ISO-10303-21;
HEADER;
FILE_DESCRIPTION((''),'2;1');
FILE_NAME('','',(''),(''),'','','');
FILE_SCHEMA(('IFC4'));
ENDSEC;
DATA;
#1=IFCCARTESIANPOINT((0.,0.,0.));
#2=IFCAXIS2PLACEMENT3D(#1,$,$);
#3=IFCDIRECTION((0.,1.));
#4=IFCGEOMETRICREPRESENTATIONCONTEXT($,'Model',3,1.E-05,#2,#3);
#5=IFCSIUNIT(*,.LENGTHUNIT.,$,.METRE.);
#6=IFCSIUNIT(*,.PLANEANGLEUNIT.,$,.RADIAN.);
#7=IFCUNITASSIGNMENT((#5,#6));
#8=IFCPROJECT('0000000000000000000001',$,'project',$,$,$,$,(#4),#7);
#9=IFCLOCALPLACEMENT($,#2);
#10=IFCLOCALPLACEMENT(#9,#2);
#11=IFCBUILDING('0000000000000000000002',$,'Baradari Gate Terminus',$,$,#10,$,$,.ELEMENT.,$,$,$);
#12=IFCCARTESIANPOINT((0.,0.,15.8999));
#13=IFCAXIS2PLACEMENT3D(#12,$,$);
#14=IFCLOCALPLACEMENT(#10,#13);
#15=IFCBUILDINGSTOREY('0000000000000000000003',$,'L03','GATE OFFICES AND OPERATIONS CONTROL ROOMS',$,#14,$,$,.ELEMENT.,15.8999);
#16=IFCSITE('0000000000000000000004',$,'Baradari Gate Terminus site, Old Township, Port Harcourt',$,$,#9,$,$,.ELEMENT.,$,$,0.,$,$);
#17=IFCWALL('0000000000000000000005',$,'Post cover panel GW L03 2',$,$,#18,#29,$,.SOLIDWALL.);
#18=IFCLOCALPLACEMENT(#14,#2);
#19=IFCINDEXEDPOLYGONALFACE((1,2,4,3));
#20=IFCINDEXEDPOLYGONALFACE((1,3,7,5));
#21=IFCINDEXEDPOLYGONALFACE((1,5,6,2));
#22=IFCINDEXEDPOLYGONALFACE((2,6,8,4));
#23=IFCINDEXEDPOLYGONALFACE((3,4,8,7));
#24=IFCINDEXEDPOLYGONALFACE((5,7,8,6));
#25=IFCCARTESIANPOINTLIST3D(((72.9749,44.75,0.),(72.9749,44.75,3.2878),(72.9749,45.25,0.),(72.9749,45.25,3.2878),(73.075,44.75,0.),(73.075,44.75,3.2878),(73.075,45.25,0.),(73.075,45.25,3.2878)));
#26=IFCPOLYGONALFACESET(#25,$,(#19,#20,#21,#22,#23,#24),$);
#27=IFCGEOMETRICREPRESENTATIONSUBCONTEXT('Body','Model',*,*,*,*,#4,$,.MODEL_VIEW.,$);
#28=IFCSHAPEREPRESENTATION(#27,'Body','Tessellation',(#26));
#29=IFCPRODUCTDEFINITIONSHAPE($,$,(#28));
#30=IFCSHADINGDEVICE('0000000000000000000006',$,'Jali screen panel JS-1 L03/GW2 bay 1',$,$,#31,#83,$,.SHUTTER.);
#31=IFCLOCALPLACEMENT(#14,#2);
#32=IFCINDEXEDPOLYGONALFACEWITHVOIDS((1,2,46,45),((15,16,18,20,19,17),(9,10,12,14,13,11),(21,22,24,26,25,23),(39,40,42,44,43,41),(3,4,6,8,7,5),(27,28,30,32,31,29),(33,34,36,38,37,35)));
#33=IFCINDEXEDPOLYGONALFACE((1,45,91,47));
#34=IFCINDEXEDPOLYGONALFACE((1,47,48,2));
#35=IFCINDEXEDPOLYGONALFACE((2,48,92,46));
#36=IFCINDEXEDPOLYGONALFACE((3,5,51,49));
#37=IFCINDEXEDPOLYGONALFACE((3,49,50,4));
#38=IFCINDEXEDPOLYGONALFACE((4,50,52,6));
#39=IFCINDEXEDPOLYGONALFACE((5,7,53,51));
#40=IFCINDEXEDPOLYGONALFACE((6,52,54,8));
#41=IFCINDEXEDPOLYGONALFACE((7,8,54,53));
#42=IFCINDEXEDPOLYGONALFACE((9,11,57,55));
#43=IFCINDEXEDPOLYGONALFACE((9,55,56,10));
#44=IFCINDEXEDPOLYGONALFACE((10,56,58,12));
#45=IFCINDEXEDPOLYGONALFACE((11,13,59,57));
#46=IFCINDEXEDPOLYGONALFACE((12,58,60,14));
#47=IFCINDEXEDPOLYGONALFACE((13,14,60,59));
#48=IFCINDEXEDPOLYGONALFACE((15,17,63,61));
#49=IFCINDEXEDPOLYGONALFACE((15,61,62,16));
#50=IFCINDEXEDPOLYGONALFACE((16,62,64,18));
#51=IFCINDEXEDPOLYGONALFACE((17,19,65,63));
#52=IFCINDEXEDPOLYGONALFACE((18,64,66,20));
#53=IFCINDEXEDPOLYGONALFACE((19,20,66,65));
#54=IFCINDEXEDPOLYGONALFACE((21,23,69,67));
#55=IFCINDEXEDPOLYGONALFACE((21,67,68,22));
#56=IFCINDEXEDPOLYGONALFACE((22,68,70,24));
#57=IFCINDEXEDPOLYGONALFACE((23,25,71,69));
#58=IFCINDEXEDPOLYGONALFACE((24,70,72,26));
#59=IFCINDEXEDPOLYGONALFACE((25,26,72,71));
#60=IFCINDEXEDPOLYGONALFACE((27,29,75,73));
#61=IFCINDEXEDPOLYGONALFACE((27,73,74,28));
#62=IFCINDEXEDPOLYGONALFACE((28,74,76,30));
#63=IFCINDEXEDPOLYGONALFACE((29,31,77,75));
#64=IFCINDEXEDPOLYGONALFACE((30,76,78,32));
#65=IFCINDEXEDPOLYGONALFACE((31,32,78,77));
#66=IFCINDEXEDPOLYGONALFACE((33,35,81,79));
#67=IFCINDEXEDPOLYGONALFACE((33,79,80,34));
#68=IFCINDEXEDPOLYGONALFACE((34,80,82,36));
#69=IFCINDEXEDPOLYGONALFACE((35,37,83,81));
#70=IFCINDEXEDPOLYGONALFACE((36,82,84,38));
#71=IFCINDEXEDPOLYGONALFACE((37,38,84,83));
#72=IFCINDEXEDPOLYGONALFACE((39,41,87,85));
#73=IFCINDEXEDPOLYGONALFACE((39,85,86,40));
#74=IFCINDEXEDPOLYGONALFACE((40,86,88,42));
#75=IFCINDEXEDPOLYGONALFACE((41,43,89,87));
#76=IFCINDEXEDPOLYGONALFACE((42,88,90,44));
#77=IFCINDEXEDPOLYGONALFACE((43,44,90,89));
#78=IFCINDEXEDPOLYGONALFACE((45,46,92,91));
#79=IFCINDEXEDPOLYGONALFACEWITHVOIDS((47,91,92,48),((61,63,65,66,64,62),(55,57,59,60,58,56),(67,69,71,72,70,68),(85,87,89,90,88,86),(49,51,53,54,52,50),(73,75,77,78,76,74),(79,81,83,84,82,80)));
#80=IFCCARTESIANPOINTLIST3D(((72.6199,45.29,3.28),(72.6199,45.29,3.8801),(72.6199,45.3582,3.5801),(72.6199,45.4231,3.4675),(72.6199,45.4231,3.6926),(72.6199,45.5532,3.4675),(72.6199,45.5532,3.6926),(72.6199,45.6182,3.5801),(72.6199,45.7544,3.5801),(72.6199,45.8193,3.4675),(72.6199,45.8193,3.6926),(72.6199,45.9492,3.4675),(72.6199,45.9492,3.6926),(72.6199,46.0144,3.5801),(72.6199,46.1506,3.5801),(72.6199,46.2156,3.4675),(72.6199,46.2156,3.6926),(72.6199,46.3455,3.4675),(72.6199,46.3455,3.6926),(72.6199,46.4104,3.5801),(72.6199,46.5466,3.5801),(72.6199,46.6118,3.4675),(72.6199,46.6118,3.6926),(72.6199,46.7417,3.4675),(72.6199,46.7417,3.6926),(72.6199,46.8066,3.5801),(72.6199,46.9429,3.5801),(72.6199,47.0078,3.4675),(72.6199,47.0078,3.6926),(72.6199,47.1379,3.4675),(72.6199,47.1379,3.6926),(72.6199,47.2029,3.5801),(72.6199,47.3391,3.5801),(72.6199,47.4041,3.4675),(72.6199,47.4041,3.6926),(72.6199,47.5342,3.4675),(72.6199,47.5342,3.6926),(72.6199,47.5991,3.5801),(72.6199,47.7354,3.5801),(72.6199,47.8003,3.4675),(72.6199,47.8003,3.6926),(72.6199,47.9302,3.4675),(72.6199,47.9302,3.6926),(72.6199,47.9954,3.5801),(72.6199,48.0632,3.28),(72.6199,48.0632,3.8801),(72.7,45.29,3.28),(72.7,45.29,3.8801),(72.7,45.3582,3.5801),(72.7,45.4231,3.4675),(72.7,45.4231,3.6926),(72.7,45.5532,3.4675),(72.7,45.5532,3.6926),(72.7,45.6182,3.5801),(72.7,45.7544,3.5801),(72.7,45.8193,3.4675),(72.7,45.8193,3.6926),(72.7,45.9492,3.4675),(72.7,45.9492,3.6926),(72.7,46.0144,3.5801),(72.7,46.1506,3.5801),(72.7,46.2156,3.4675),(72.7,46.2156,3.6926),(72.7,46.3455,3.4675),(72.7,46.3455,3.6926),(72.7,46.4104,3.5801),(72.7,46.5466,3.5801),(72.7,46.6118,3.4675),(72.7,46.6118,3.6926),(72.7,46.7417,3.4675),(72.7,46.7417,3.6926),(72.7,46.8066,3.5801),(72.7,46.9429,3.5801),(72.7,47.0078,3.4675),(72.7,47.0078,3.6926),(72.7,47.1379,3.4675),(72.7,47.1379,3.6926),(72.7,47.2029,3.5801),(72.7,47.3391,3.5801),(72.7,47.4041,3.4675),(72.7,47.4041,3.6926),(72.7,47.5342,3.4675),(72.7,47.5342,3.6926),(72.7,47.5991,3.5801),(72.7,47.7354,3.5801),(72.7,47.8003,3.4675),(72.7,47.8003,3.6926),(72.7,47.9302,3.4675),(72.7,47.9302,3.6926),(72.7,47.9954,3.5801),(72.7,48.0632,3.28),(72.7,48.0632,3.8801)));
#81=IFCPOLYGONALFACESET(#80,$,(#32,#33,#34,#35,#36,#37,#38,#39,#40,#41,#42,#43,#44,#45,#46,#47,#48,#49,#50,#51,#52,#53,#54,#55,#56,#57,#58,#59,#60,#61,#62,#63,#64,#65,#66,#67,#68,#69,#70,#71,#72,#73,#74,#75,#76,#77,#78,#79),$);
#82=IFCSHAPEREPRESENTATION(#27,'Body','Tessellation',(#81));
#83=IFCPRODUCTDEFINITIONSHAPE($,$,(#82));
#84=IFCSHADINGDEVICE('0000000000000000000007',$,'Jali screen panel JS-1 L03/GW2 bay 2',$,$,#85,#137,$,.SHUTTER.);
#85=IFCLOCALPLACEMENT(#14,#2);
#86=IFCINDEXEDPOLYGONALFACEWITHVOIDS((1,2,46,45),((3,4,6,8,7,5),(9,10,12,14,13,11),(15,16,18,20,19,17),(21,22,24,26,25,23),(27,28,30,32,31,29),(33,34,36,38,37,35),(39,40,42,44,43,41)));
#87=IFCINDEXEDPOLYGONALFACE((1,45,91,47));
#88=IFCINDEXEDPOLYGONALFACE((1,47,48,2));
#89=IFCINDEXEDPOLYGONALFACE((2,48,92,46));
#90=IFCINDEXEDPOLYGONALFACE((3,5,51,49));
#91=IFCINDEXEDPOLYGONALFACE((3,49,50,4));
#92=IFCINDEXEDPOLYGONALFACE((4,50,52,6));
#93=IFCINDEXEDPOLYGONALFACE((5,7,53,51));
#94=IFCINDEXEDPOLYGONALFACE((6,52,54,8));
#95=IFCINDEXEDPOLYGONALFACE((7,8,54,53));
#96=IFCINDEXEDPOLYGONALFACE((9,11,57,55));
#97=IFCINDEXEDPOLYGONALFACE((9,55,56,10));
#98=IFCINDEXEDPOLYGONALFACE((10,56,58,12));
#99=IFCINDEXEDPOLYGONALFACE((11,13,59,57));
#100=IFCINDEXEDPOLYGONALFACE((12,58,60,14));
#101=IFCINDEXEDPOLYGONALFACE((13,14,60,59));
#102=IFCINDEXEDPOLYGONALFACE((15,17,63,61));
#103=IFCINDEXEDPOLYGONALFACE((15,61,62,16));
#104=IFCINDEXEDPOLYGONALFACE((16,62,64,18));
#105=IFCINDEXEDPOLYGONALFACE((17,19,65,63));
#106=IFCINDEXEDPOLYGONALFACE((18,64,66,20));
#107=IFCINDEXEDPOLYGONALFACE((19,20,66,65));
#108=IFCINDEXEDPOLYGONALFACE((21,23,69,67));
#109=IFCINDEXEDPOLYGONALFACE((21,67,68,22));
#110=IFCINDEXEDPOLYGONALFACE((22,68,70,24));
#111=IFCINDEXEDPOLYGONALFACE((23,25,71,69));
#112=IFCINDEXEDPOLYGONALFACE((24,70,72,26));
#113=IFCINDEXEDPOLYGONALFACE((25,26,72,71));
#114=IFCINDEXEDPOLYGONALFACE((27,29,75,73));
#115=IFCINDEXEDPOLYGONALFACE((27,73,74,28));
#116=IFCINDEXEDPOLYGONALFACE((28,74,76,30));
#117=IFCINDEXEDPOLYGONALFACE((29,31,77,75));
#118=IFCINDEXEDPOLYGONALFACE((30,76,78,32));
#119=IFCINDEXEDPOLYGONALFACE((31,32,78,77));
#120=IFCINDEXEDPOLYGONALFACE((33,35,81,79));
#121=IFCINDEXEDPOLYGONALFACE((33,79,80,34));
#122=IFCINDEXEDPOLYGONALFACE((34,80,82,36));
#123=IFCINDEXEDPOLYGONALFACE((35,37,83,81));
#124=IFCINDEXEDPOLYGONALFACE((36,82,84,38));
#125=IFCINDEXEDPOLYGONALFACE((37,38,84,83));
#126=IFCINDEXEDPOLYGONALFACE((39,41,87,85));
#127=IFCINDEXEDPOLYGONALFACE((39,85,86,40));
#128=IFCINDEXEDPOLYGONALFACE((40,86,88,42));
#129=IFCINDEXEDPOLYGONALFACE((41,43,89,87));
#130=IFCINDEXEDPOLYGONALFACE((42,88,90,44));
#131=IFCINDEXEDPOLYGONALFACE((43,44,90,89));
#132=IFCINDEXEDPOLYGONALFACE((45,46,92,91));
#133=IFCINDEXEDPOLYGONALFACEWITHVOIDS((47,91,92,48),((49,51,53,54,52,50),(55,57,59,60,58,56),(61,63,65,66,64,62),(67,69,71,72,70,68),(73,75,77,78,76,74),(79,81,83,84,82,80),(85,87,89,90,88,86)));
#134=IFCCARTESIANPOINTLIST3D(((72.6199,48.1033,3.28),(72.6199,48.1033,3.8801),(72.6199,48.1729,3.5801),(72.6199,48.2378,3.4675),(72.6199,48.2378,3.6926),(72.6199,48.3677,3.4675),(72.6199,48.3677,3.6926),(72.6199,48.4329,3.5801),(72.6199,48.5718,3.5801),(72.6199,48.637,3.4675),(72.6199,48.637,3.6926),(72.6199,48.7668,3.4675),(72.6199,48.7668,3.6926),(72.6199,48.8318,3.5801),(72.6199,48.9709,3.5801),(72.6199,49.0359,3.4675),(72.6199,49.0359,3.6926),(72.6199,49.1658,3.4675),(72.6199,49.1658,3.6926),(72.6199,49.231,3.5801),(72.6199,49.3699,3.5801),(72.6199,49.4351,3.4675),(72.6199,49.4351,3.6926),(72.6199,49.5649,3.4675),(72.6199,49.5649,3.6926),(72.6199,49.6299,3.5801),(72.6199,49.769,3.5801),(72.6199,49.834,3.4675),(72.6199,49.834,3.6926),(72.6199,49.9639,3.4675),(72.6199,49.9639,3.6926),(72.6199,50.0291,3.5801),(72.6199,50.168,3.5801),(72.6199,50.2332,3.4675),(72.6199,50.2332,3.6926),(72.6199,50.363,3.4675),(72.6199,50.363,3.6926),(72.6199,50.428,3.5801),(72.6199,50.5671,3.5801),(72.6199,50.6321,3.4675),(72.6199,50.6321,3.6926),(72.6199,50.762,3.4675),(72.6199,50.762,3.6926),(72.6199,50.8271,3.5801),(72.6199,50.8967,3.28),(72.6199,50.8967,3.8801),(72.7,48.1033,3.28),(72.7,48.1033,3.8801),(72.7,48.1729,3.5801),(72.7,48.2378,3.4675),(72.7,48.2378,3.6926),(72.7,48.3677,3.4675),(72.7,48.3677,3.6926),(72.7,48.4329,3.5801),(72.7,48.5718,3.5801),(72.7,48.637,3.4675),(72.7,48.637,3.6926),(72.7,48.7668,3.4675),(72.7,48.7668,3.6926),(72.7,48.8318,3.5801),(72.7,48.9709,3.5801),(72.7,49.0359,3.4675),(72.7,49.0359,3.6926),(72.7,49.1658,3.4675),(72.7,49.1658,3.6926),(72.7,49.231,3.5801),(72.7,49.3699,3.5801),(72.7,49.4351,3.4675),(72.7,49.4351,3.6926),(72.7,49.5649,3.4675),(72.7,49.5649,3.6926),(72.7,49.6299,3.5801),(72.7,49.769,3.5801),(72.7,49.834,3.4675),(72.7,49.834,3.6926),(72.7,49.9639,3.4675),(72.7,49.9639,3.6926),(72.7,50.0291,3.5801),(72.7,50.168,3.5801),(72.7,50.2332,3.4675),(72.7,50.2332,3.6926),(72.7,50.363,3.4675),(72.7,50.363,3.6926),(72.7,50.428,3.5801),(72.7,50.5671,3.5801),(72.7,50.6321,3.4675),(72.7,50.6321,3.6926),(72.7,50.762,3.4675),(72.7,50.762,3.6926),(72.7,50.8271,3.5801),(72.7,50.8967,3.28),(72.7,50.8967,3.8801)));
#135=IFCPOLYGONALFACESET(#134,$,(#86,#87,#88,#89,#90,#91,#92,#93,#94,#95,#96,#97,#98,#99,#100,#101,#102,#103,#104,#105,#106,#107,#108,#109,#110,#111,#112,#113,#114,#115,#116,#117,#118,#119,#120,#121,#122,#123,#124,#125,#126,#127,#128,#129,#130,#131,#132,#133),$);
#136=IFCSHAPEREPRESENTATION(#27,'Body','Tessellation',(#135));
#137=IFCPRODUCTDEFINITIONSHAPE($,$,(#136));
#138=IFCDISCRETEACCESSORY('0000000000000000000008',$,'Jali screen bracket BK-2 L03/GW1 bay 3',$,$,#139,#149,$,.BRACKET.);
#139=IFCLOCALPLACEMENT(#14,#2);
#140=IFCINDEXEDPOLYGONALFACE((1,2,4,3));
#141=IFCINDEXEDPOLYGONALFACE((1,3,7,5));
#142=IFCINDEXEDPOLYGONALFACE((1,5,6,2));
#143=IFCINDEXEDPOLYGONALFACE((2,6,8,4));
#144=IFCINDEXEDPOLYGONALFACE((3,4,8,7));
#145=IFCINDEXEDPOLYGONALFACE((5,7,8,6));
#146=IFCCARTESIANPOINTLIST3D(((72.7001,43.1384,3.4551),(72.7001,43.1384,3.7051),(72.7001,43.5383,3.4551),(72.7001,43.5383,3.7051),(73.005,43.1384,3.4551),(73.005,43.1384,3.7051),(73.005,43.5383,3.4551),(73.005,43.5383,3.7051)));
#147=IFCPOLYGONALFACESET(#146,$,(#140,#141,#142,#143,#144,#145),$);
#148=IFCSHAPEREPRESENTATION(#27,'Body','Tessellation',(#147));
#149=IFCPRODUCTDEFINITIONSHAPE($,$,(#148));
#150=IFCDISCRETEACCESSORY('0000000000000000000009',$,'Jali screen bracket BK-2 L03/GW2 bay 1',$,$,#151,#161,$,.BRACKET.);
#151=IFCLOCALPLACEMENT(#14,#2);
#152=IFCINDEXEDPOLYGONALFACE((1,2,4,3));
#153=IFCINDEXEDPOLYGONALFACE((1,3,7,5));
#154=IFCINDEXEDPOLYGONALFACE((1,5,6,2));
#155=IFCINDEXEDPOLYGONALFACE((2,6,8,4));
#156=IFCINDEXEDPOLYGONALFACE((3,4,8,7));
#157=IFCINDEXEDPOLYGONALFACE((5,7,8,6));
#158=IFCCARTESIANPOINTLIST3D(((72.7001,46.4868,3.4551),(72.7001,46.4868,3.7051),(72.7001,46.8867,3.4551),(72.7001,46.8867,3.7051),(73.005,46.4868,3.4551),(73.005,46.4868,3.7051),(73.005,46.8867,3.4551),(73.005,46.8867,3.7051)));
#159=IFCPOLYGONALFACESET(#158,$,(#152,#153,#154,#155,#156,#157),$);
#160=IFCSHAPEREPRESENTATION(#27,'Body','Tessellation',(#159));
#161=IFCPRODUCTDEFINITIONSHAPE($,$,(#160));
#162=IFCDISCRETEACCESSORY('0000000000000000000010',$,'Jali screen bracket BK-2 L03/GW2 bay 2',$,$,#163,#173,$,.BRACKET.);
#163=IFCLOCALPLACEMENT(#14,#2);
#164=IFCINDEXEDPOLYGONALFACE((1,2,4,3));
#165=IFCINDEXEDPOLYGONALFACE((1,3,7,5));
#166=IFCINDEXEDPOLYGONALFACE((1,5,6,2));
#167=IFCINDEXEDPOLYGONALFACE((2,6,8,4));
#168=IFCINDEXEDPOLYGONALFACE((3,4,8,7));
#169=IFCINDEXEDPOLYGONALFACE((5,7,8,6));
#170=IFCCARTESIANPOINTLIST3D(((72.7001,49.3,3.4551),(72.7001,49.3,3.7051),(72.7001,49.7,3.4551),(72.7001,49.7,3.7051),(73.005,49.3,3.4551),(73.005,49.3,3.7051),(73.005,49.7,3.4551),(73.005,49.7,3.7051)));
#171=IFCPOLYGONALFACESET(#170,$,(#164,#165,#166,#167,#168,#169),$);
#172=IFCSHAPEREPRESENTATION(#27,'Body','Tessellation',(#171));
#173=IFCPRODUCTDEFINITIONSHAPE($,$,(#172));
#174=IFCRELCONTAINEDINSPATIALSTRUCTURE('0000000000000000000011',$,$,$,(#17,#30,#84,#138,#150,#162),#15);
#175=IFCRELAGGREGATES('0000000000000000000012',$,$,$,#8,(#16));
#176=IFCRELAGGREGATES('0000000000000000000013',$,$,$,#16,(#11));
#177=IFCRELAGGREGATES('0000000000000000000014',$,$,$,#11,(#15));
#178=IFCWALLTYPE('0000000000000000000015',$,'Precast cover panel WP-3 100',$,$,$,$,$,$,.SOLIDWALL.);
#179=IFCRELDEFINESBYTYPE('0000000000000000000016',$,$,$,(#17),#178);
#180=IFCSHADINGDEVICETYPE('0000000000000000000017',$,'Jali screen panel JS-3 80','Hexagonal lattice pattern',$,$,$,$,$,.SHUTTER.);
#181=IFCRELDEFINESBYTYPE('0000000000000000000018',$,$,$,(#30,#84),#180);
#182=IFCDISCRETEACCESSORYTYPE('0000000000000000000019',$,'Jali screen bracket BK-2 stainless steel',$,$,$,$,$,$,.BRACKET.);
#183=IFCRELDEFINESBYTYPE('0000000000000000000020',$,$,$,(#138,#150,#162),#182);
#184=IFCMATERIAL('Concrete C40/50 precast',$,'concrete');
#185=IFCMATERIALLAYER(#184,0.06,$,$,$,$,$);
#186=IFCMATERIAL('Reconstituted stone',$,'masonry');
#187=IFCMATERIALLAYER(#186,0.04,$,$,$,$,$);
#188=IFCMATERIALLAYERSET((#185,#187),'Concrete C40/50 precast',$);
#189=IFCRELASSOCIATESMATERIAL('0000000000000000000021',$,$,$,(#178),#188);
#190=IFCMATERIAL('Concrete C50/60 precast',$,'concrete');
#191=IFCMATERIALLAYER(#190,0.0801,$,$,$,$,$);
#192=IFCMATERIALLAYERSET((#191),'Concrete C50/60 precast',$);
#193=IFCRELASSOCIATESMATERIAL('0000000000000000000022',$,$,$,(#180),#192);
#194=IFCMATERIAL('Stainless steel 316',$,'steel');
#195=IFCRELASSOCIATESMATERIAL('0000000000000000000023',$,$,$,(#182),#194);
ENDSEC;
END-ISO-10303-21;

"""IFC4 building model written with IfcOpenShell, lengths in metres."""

from ifc_helpers import new_model, si_unit, direction, frame, frame_2d, origin, origin_2d, place, context, subcontext, project, spatial, polyline, rectangle, outline, extrude, material, layer, layer_set, type_object, element, save


model = new_model("IFC4")

# Units and contexts
model_context = context("Model", 3, precision=1e-05, world=origin(), true_north=direction((0.0, 1.0)))
body_context = subcontext(model_context, "Body", "Model", "MODEL_VIEW")
ifc_project = project(units=[si_unit("LENGTHUNIT", "METRE"), si_unit("PLANEANGLEUNIT", "RADIAN")], contexts=[model_context])

# Site, building, storey
site_placement = place(None, origin())
site = spatial("IfcSite", under=ifc_project, at=site_placement, Name="Baradari Gate Terminus site, Old Township, Port Harcourt", CompositionType="ELEMENT", RefElevation=0.0)
building_placement = place(site_placement, origin())
building = spatial("IfcBuilding", under=site, at=building_placement, Name="Baradari Gate Terminus", CompositionType="ELEMENT")
storey_placement = place(building_placement, frame((0.0, 0.0, 15.8999)))
storey = spatial("IfcBuildingStorey", under=building, at=storey_placement, Name="L03", Description="GATE OFFICES AND OPERATIONS CONTROL ROOMS", CompositionType="ELEMENT", Elevation=15.8999)

# Wall
ifc_material_1 = material(Name="Concrete C40/50 precast", Category="concrete")
ifc_layer_1 = layer(ifc_material_1, 0.06)
ifc_material_2 = material(Name="Reconstituted stone", Category="masonry")
ifc_layer_2 = layer(ifc_material_2, 0.04)
ifc_layer_set_1 = layer_set([ifc_layer_1, ifc_layer_2], Name="Concrete C40/50 precast")
wall_type_1 = type_object("IfcWallType", Name="Precast cover panel WP-3 100", PredefinedType="SOLIDWALL", material=ifc_layer_set_1)
wall_1_placement = place(storey_placement, frame((73.0249, 44.75, 0.0), z_axis=(0.0, 0.0, 1.0), x_axis=(0.0, 1.0, 0.0)))
element("IfcWall", 1, at=wall_1_placement, inside=storey, type_object=wall_type_1, Name="Post cover panel GW L03 2", PredefinedType="SOLIDWALL", context=body_context, shape_type="SweptSolid", body=[
    extrude(rectangle(XDim=0.5, YDim=0.1001, at=frame_2d((0.25, 0.0))), origin(), (0.0, 0.0, 1.0), 3.2878),
])

# Shading devices
ifc_material_3 = material(Name="Concrete C50/60 precast", Category="concrete")
ifc_layer_3 = layer(ifc_material_3, 0.0801)
ifc_layer_set_2 = layer_set([ifc_layer_3], Name="Concrete C50/60 precast")
shading_device_type = type_object("IfcShadingDeviceType", Name="Jali screen panel JS-3 80", Description="Hexagonal lattice pattern", PredefinedType="SHUTTER", material=ifc_layer_set_2)
shading_device_1_placement = place(storey_placement, frame((72.6599, 45.29, 3.28), z_axis=(0.0, 0.0, 1.0), x_axis=(0.0, 1.0, 0.0)))
element("IfcShadingDevice", 2, at=shading_device_1_placement, inside=storey, type_object=shading_device_type, Name="Jali screen panel JS-1 L03/GW2 bay 1", PredefinedType="SHUTTER", context=body_context, shape_type="SweptSolid", body=[
    extrude(outline(polyline([(0.0, 0.0), (2.7732, 0.0), (2.7732, 0.6001), (0.0, 0.6001), (0.0, 0.0)]), holes=[polyline([(0.3281, 0.3), (0.2632, 0.1875), (0.1331, 0.1875), (0.0681, 0.3), (0.1331, 0.4126), (0.2632, 0.4126), (0.3281, 0.3)]), polyline([(0.7244, 0.3), (0.6592, 0.1875), (0.5293, 0.1875), (0.4644, 0.3), (0.5293, 0.4126), (0.6592, 0.4126), (0.7244, 0.3)]), polyline([(1.1204, 0.3), (1.0554, 0.1875), (0.9255, 0.1875), (0.8606, 0.3), (0.9255, 0.4126), (1.0554, 0.4126), (1.1204, 0.3)]), polyline([(1.5166, 0.3), (1.4517, 0.1875), (1.3218, 0.1875), (1.2566, 0.3), (1.3218, 0.4126), (1.4517, 0.4126), (1.5166, 0.3)]), polyline([(1.9128, 0.3), (1.8479, 0.1875), (1.7178, 0.1875), (1.6528, 0.3), (1.7178, 0.4126), (1.8479, 0.4126), (1.9128, 0.3)]), polyline([(2.3091, 0.3), (2.2441, 0.1875), (2.114, 0.1875), (2.0491, 0.3), (2.114, 0.4126), (2.2441, 0.4126), (2.3091, 0.3)]), polyline([(2.7053, 0.3), (2.6401, 0.1875), (2.5103, 0.1875), (2.4453, 0.3), (2.5103, 0.4126), (2.6401, 0.4126), (2.7053, 0.3)])]), frame((0.0, 0.04, 0.0), z_axis=(0.0, -1.0, 0.0), x_axis=(1.0, 0.0, 0.0)), (0.0, 0.0, 1.0), 0.0801),
])
shading_device_2_placement = place(storey_placement, frame((72.6599, 48.1033, 3.28), z_axis=(0.0, 0.0, 1.0), x_axis=(0.0, 1.0, 0.0)))
element("IfcShadingDevice", 3, at=shading_device_2_placement, inside=storey, type_object=shading_device_type, Name="Jali screen panel JS-1 L03/GW2 bay 2", PredefinedType="SHUTTER", context=body_context, shape_type="SweptSolid", body=[
    extrude(outline(polyline([(0.0, 0.0), (2.7935, 0.0), (2.7935, 0.6001), (0.0, 0.6001), (0.0, 0.0)]), holes=[polyline([(0.3296, 0.3), (0.2644, 0.1875), (0.1345, 0.1875), (0.0696, 0.3), (0.1345, 0.4126), (0.2644, 0.4126), (0.3296, 0.3)]), polyline([(0.7285, 0.3), (0.6636, 0.1875), (0.5337, 0.1875), (0.4685, 0.3), (0.5337, 0.4126), (0.6636, 0.4126), (0.7285, 0.3)]), polyline([(1.1277, 0.3), (1.0625, 0.1875), (0.9326, 0.1875), (0.8677, 0.3), (0.9326, 0.4126), (1.0625, 0.4126), (1.1277, 0.3)]), polyline([(1.5266, 0.3), (1.4617, 0.1875), (1.3318, 0.1875), (1.2666, 0.3), (1.3318, 0.4126), (1.4617, 0.4126), (1.5266, 0.3)]), polyline([(1.9258, 0.3), (1.8606, 0.1875), (1.7307, 0.1875), (1.6658, 0.3), (1.7307, 0.4126), (1.8606, 0.4126), (1.9258, 0.3)]), polyline([(2.3247, 0.3), (2.2598, 0.1875), (2.1299, 0.1875), (2.0647, 0.3), (2.1299, 0.4126), (2.2598, 0.4126), (2.3247, 0.3)]), polyline([(2.7239, 0.3), (2.6587, 0.1875), (2.5288, 0.1875), (2.4639, 0.3), (2.5288, 0.4126), (2.6587, 0.4126), (2.7239, 0.3)])]), frame((0.0, 0.04, 0.0), z_axis=(0.0, -1.0, 0.0), x_axis=(1.0, 0.0, 0.0)), (0.0, 0.0, 1.0), 0.0801),
])

# Discrete accessories
ifc_material_4 = material(Name="Stainless steel 316", Category="steel")
discrete_accessory_type = type_object("IfcDiscreteAccessoryType", Name="Jali screen bracket BK-2 stainless steel", PredefinedType="BRACKET", material=ifc_material_4)
for number, where, z_axis, x_axis, name in (
    (4, (72.8525, 43.3384, 3.4551), (0.0, 0.0, 1.0), (-1.0, 0.0, 0.0), "Jali screen bracket BK-2 L03/GW1 bay 3"),
    (5, (72.8525, 46.6868, 3.4551), (0.0, 0.0, 1.0), (-1.0, 0.0, 0.0), "Jali screen bracket BK-2 L03/GW2 bay 1"),
    (6, (72.8525, 49.5, 3.4551), (0.0, 0.0, 1.0), (-1.0, 0.0, 0.0), "Jali screen bracket BK-2 L03/GW2 bay 2"),
):
    element("IfcDiscreteAccessory", number, at=place(storey_placement, frame(where, z_axis=z_axis, x_axis=x_axis)), inside=storey, type_object=discrete_accessory_type, Name=name, PredefinedType="BRACKET", context=body_context, shape_type="SweptSolid", body=[
        extrude(rectangle(XDim=0.3049, YDim=0.3999, at=origin_2d()), origin(), (0.0, 0.0, 1.0), 0.25),
    ])

save(model, "model.ifc")
